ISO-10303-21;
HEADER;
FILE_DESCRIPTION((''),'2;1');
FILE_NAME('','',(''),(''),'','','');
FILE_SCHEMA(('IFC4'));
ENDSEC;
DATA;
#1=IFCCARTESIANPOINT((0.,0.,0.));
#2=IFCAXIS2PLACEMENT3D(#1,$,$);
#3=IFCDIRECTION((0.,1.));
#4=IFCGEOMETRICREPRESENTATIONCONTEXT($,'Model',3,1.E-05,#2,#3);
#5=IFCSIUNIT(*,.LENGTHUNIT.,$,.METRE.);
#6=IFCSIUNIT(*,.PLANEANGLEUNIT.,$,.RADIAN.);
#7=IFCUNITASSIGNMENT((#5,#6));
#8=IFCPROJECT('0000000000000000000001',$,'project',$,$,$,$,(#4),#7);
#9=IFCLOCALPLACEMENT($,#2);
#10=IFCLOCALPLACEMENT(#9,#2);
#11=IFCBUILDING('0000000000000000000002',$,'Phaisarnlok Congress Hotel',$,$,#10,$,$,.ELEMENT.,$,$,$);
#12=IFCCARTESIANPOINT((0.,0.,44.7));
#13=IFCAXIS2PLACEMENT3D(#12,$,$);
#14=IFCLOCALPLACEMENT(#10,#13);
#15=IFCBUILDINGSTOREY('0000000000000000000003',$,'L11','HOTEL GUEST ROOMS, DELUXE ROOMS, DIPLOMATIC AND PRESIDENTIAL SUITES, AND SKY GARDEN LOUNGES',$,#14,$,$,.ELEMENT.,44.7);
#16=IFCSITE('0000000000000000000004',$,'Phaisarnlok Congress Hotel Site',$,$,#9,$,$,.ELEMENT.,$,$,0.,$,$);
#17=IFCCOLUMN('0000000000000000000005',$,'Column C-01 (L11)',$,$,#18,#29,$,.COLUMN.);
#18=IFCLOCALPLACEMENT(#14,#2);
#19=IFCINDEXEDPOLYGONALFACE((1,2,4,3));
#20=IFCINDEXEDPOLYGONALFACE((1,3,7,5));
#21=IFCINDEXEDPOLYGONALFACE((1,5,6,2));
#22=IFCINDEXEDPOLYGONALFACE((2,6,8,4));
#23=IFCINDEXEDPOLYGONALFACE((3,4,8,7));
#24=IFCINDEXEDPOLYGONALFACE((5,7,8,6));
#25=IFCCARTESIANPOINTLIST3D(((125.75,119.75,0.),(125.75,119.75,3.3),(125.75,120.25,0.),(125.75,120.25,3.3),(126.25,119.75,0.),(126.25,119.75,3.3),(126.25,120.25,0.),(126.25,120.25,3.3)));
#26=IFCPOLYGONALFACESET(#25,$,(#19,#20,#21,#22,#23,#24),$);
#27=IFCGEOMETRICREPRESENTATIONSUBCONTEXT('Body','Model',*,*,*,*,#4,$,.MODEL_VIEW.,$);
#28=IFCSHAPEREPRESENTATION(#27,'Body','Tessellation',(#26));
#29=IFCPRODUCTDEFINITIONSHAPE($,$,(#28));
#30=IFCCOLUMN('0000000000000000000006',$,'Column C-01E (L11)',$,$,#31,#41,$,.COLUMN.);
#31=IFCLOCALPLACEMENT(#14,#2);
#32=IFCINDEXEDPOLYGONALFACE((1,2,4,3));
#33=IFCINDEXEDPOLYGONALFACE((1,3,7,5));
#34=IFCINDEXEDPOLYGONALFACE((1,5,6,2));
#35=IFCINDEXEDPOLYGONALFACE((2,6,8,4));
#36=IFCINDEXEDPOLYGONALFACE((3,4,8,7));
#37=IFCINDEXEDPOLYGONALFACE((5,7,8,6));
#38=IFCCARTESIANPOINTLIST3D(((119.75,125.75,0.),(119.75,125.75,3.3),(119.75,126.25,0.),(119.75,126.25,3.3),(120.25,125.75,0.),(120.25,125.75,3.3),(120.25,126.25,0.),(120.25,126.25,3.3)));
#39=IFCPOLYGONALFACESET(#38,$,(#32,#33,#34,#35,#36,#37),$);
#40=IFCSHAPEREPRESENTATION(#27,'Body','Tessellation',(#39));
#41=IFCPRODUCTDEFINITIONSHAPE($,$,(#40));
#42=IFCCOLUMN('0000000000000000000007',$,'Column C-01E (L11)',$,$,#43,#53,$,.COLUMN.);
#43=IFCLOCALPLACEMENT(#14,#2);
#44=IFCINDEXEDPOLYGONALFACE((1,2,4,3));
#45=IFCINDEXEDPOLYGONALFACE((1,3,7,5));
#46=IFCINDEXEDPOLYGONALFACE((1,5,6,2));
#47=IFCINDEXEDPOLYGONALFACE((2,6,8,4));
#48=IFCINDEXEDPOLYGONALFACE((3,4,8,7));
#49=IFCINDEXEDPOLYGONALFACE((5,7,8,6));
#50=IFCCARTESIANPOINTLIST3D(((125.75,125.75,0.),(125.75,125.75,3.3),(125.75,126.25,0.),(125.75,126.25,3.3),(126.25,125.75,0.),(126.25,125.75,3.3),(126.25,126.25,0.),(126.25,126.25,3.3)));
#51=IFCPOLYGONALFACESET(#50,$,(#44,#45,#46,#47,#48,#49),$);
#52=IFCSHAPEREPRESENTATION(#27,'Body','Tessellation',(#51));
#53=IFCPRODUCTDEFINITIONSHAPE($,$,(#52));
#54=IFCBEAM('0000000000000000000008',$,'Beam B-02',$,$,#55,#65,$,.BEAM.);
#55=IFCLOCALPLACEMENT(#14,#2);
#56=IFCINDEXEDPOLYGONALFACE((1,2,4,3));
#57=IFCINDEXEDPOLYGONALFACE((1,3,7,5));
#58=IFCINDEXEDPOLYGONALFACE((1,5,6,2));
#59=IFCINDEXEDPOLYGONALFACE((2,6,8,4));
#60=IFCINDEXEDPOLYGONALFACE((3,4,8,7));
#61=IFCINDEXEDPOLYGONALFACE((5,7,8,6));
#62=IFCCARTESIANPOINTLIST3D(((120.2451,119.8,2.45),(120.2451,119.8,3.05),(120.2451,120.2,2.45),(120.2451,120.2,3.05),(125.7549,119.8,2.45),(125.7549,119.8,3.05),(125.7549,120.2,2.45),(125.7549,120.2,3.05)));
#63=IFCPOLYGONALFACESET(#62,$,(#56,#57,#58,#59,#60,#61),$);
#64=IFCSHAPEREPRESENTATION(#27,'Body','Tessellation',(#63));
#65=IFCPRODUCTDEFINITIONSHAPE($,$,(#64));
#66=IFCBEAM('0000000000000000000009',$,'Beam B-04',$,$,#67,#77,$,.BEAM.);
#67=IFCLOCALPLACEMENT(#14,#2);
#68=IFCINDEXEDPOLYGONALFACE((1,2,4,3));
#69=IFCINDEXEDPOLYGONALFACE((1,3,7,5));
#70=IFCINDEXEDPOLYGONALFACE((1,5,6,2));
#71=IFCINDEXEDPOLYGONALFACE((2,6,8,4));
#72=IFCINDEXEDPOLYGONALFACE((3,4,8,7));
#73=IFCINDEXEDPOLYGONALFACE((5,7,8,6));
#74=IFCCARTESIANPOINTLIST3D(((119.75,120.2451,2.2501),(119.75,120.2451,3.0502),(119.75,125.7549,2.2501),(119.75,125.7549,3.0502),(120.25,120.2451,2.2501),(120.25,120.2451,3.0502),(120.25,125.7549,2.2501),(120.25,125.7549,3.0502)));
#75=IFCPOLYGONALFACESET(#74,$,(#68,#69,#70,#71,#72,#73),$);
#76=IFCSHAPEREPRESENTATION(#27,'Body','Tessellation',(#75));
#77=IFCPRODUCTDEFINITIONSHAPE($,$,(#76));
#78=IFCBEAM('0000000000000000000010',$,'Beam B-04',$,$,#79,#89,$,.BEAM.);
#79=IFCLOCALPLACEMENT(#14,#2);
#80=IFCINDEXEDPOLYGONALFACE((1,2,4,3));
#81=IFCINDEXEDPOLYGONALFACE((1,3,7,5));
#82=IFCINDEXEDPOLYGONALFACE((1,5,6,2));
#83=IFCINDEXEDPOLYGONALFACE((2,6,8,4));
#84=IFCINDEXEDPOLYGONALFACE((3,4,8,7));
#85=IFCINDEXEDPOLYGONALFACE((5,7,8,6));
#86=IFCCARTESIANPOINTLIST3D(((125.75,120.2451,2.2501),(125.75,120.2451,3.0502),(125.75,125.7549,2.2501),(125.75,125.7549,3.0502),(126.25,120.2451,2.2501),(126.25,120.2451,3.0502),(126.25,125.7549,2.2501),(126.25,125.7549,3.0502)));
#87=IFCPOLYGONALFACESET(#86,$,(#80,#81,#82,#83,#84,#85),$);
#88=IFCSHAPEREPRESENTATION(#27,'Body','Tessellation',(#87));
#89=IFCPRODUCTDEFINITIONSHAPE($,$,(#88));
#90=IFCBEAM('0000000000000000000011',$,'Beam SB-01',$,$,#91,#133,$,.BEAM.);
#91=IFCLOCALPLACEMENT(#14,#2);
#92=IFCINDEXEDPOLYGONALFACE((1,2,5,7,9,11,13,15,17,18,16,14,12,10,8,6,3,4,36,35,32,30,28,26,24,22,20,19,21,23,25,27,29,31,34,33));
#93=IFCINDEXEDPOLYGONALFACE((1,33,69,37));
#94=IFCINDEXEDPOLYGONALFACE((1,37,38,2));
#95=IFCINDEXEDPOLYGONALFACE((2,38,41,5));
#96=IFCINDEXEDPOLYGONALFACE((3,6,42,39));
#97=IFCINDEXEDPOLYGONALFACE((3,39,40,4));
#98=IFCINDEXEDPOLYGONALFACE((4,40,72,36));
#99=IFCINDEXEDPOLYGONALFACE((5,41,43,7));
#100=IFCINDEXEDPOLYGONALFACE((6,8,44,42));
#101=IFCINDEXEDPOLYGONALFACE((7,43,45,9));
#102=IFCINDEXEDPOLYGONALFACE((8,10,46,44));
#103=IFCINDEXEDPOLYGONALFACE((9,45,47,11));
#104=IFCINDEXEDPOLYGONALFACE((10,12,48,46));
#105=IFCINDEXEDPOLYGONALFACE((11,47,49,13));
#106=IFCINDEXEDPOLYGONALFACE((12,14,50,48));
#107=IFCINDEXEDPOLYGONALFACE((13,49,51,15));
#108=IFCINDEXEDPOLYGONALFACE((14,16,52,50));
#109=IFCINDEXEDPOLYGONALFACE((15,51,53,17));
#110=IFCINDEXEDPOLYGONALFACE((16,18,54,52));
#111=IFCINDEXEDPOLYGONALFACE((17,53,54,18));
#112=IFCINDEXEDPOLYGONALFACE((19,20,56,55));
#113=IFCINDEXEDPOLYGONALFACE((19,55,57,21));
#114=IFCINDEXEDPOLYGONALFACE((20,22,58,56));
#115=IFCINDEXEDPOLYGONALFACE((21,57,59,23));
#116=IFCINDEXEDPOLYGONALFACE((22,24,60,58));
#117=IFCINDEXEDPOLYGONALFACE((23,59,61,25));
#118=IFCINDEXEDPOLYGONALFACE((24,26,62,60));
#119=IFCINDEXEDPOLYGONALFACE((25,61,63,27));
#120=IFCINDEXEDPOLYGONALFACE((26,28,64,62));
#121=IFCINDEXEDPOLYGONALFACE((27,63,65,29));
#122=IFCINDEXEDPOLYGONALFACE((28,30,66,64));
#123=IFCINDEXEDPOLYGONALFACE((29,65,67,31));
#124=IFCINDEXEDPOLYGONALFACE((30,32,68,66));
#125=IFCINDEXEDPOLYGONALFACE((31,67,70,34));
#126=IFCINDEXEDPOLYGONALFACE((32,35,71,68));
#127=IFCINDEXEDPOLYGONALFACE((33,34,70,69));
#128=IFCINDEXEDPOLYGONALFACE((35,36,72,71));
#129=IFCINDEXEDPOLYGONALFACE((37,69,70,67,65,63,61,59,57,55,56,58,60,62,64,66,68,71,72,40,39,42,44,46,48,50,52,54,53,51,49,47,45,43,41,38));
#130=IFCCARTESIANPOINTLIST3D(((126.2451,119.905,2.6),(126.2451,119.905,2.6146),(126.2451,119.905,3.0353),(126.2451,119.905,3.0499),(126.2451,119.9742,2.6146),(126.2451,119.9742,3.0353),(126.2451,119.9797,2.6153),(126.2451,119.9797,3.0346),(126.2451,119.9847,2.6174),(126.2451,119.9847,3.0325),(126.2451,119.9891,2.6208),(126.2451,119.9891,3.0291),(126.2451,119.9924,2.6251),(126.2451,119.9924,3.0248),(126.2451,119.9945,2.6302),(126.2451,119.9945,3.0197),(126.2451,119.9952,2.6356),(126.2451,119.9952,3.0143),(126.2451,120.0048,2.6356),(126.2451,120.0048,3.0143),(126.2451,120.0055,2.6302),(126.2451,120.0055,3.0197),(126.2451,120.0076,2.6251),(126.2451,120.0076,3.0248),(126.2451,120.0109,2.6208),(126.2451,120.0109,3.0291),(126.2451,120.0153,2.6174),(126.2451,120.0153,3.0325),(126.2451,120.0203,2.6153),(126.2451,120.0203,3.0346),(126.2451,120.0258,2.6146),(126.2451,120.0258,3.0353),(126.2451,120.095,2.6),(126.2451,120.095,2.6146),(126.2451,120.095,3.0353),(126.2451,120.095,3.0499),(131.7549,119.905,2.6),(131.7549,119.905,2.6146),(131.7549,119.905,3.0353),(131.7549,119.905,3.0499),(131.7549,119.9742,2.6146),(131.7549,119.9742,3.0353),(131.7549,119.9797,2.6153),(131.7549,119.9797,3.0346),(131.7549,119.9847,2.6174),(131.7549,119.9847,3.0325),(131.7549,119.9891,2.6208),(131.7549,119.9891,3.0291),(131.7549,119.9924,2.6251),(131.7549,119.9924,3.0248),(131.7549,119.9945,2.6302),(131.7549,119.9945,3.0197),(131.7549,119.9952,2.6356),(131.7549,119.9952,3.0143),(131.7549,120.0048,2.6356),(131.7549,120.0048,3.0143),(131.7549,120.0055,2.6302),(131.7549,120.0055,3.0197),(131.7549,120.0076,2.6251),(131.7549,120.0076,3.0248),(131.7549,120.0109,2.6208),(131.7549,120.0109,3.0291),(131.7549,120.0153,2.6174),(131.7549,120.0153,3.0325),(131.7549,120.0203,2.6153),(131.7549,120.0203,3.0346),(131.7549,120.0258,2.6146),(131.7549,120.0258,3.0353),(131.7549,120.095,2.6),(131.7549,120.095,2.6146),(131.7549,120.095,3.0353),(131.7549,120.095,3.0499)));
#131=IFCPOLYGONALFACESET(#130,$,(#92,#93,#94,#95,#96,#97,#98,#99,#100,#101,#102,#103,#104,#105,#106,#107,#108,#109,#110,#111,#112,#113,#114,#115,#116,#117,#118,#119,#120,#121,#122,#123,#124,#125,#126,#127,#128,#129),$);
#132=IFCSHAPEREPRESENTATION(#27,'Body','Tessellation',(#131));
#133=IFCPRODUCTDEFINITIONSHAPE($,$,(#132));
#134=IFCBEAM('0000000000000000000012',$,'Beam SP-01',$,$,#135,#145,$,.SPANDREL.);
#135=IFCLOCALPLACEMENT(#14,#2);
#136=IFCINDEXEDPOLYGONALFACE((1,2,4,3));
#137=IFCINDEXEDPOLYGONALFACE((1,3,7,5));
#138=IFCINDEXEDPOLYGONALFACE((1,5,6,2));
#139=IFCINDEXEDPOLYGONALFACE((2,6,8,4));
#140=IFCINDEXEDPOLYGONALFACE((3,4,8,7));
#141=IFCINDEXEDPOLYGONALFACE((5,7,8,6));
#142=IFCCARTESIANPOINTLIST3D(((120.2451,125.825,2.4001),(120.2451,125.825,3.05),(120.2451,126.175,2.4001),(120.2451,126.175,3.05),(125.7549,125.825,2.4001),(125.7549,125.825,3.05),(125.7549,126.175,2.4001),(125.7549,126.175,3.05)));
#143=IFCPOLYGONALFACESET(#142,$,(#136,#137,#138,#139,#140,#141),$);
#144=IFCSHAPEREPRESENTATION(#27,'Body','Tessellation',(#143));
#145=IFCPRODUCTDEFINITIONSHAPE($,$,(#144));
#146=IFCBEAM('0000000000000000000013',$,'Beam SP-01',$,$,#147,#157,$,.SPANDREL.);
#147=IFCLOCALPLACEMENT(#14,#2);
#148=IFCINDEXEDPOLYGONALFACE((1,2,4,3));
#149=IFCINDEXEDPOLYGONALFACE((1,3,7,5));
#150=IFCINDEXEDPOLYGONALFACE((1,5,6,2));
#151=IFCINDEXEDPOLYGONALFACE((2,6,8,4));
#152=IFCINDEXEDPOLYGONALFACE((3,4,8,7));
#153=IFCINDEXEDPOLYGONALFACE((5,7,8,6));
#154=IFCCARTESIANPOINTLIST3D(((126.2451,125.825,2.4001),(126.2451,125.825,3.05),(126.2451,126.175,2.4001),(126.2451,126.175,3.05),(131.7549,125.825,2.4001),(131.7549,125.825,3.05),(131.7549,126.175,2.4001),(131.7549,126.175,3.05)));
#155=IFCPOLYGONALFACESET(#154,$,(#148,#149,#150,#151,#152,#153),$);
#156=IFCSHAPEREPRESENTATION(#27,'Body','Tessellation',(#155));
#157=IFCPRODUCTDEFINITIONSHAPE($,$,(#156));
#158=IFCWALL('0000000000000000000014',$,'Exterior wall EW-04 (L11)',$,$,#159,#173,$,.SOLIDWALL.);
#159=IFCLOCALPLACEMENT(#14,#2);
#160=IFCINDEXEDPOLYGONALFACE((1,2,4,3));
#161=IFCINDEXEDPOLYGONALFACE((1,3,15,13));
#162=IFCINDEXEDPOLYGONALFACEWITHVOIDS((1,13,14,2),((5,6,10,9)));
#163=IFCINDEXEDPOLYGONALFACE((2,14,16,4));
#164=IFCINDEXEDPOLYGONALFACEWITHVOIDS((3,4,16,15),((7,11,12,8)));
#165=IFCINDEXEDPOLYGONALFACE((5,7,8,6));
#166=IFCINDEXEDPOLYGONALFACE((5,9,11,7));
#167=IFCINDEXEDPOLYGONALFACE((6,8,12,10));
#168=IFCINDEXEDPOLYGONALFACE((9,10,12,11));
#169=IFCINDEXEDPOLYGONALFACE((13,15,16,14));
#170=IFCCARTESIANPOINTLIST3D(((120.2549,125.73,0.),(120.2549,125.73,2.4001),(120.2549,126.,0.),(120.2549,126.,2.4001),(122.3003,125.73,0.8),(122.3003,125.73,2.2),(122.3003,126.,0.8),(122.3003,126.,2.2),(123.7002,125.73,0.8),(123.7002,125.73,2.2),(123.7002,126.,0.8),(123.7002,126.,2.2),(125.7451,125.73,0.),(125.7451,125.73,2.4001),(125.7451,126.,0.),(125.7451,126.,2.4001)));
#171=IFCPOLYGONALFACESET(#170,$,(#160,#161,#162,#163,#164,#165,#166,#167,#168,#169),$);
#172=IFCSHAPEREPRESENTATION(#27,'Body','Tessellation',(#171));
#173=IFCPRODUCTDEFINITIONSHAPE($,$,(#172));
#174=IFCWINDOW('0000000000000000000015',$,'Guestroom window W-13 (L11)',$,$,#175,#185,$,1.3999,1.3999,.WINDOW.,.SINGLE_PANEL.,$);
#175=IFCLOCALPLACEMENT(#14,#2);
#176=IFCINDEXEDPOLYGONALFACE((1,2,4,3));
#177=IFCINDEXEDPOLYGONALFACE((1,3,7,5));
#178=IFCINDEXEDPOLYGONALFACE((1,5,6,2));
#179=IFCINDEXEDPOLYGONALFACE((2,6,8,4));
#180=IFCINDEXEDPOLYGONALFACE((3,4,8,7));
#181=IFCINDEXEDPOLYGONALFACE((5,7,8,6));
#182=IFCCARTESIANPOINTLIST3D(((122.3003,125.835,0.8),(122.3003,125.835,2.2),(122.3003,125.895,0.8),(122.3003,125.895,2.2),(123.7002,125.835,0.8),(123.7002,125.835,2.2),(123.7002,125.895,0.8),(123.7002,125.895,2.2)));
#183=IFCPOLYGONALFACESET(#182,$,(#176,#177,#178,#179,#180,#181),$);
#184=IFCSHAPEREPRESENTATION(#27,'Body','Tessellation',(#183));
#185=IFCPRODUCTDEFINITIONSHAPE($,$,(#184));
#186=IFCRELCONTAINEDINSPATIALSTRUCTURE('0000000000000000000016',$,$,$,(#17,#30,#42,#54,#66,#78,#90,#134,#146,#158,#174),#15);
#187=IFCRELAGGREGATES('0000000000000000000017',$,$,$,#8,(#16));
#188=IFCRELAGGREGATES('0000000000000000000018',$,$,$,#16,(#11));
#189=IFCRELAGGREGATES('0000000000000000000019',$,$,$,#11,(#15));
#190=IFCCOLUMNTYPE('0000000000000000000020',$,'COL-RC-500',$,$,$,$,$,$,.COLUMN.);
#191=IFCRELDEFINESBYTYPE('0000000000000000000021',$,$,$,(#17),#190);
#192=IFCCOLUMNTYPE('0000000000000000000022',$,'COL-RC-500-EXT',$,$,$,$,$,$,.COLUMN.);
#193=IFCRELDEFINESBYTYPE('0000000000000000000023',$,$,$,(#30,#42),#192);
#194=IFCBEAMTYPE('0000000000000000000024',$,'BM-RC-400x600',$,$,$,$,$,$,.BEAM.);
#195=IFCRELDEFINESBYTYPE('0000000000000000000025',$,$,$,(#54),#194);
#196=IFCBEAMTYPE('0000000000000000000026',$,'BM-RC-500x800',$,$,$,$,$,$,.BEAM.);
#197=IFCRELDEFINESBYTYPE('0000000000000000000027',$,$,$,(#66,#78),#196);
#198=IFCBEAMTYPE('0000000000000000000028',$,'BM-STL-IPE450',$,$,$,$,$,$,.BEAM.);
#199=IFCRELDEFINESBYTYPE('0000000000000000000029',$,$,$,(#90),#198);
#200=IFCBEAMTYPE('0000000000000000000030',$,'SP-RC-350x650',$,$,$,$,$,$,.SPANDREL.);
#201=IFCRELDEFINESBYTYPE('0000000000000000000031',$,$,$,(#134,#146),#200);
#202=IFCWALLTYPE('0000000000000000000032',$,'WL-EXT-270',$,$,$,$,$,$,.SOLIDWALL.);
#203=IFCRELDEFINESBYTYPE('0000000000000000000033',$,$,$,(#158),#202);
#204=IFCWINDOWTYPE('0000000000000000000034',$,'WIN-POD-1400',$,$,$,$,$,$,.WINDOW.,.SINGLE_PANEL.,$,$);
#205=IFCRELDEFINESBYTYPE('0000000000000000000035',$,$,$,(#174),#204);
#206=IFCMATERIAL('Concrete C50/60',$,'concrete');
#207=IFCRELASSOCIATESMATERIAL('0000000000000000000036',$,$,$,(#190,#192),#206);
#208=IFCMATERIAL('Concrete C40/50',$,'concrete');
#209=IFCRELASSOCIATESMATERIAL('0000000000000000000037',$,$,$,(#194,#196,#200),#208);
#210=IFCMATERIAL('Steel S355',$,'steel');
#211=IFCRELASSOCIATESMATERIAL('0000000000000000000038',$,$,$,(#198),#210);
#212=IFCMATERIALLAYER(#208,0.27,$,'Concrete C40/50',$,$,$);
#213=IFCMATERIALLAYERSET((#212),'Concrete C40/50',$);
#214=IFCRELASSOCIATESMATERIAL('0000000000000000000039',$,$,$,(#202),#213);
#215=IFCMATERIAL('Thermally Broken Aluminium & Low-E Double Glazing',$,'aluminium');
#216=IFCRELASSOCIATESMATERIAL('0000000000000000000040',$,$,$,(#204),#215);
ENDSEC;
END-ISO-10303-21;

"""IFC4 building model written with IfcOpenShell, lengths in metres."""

from ifc_helpers import new_model, si_unit, direction, frame, frame_2d, origin, origin_2d, place, context, subcontext, project, spatial, rectangle, i_section, extrude, material, layer, layer_set, material_profile, profile_set, type_object, element, fill, save


model = new_model("IFC4")

# Units and contexts
model_context = context("Model", 3, precision=1e-05, world=origin(), true_north=direction((0.0, 1.0)))
body_context = subcontext(model_context, "Body", "Model", "MODEL_VIEW")
ifc_project = project(units=[si_unit("LENGTHUNIT", "METRE"), si_unit("PLANEANGLEUNIT", "RADIAN")], contexts=[model_context])

# Site, building, storey
site_placement = place(None, origin())
site = spatial("IfcSite", under=ifc_project, at=site_placement, Name="Phaisarnlok Congress Hotel Site", CompositionType="ELEMENT", RefElevation=0.0)
building_placement = place(site_placement, origin())
building = spatial("IfcBuilding", under=site, at=building_placement, Name="Phaisarnlok Congress Hotel", CompositionType="ELEMENT")
storey_placement = place(building_placement, frame((0.0, 0.0, 44.7)))
storey = spatial("IfcBuildingStorey", under=building, at=storey_placement, Name="L11", Description="HOTEL GUEST ROOMS, DELUXE ROOMS, DIPLOMATIC AND PRESIDENTIAL SUITES, AND SKY GARDEN LOUNGES", CompositionType="ELEMENT", Elevation=44.7)

# Columns
ifc_material_1 = material(Name="Concrete C50/60", Category="concrete")
ifc_material_profile_1 = material_profile(ifc_material_1, rectangle(XDim=0.5, YDim=0.5, at=origin_2d()), Name="RC 500x500")
ifc_profile_set_1 = profile_set([ifc_material_profile_1], Name="Concrete C50/60")
column_type_1 = type_object("IfcColumnType", Name="COL-RC-500", PredefinedType="COLUMN", material=ifc_profile_set_1)
column_placement = place(storey_placement, frame((126.0, 120.0, 0.0), z_axis=(0.0, 0.0, 1.0), x_axis=(1.0, 0.0, 0.0)))
element("IfcColumn", 1, at=column_placement, inside=storey, type_object=column_type_1, Name="Column C-01 (L11)", PredefinedType="COLUMN", context=body_context, shape_type="SweptSolid", body=[
    extrude(rectangle(XDim=0.5, YDim=0.5, at=origin_2d()), origin(), (0.0, 0.0, 1.0), 3.3),
])
ifc_material_profile_2 = material_profile(ifc_material_1, rectangle(XDim=0.5, YDim=0.5, at=origin_2d()), Name="RC 500x500")
ifc_profile_set_2 = profile_set([ifc_material_profile_2], Name="Concrete C50/60")
column_type_2 = type_object("IfcColumnType", Name="COL-RC-500-EXT", PredefinedType="COLUMN", material=ifc_profile_set_2)
for number, where, z_axis, x_axis, name in (
    (2, (120.0, 126.0, 0.0), (0.0, 0.0, 1.0), (1.0, 0.0, 0.0), "Column C-01E (L11)"),
    (3, (126.0, 126.0, 0.0), (0.0, 0.0, 1.0), (1.0, 0.0, 0.0), "Column C-01E (L11)"),
):
    element("IfcColumn", number, at=place(storey_placement, frame(where, z_axis=z_axis, x_axis=x_axis)), inside=storey, type_object=column_type_2, Name=name, PredefinedType="COLUMN", context=body_context, shape_type="SweptSolid", body=[
        extrude(rectangle(XDim=0.5, YDim=0.5, at=origin_2d()), origin(), (0.0, 0.0, 1.0), 3.3),
    ])

# Beams
ifc_material_2 = material(Name="Concrete C40/50", Category="concrete")
ifc_material_profile_3 = material_profile(ifc_material_2, rectangle(XDim=0.3999, YDim=0.6001, at=origin_2d()), Name="RC 400x600")
ifc_profile_set_3 = profile_set([ifc_material_profile_3], Name="Concrete C40/50")
beam_type_1 = type_object("IfcBeamType", Name="BM-RC-400x600", PredefinedType="BEAM", material=ifc_profile_set_3)
beam_1_placement = place(storey_placement, frame((120.2451, 120.0, 2.75), z_axis=(1.0, 0.0, 0.0), x_axis=(0.0, 1.0, 0.0)))
element("IfcBeam", 4, at=beam_1_placement, inside=storey, type_object=beam_type_1, Name="Beam B-02", PredefinedType="BEAM", context=body_context, shape_type="SweptSolid", body=[
    extrude(rectangle(XDim=0.3999, YDim=0.6001, at=origin_2d()), origin(), (0.0, 0.0, 1.0), 5.5098),
])
ifc_material_profile_4 = material_profile(ifc_material_2, rectangle(XDim=0.5, YDim=0.8, at=origin_2d()), Name="RC 500x800")
ifc_profile_set_4 = profile_set([ifc_material_profile_4], Name="Concrete C40/50")
beam_type_2 = type_object("IfcBeamType", Name="BM-RC-500x800", PredefinedType="BEAM", material=ifc_profile_set_4)
for number, where, z_axis, x_axis, name in (
    (5, (120.0, 120.2451, 2.6501), (0.0, 1.0, 0.0), (-1.0, 0.0, 0.0), "Beam B-04"),
    (6, (126.0, 120.2451, 2.6501), (0.0, 1.0, 0.0), (-1.0, 0.0, 0.0), "Beam B-04"),
):
    element("IfcBeam", number, at=place(storey_placement, frame(where, z_axis=z_axis, x_axis=x_axis)), inside=storey, type_object=beam_type_2, Name=name, PredefinedType="BEAM", context=body_context, shape_type="SweptSolid", body=[
        extrude(rectangle(XDim=0.5, YDim=0.8, at=origin_2d()), origin(), (0.0, 0.0, 1.0), 5.5098),
    ])
ifc_material_3 = material(Name="Steel S355", Category="steel")
ifc_material_profile_5 = material_profile(ifc_material_3, i_section(OverallWidth=0.1899, OverallDepth=0.45, WebThickness=0.0095, FlangeThickness=0.0146, FilletRadius=0.021, at=origin_2d()), Name="IPE 450")
ifc_profile_set_5 = profile_set([ifc_material_profile_5], Name="Steel S355")
beam_type_3 = type_object("IfcBeamType", Name="BM-STL-IPE450", PredefinedType="BEAM", material=ifc_profile_set_5)
beam_2_placement = place(storey_placement, frame((126.2451, 120.0, 2.825), z_axis=(1.0, 0.0, 0.0), x_axis=(0.0, 1.0, 0.0)))
element("IfcBeam", 7, at=beam_2_placement, inside=storey, type_object=beam_type_3, Name="Beam SB-01", PredefinedType="BEAM", context=body_context, shape_type="SweptSolid", body=[
    extrude(i_section(OverallWidth=0.1899, OverallDepth=0.45, WebThickness=0.0095, FlangeThickness=0.0146, FilletRadius=0.021, at=origin_2d()), origin(), (0.0, 0.0, 1.0), 5.5098),
])
ifc_material_profile_6 = material_profile(ifc_material_2, rectangle(XDim=0.3501, YDim=0.6499, at=origin_2d()), Name="RC 350x650")
ifc_profile_set_6 = profile_set([ifc_material_profile_6], Name="Concrete C40/50")
beam_type_4 = type_object("IfcBeamType", Name="SP-RC-350x650", PredefinedType="SPANDREL", material=ifc_profile_set_6)
for number, where, z_axis, x_axis, name in (
    (8, (120.2451, 126.0, 2.7251), (1.0, 0.0, 0.0), (0.0, 1.0, 0.0), "Beam SP-01"),
    (9, (126.2451, 126.0, 2.7251), (1.0, 0.0, 0.0), (0.0, 1.0, 0.0), "Beam SP-01"),
):
    element("IfcBeam", number, at=place(storey_placement, frame(where, z_axis=z_axis, x_axis=x_axis)), inside=storey, type_object=beam_type_4, Name=name, PredefinedType="SPANDREL", context=body_context, shape_type="SweptSolid", body=[
        extrude(rectangle(XDim=0.3501, YDim=0.6499, at=origin_2d()), origin(), (0.0, 0.0, 1.0), 5.5098),
    ])

# Wall, opening, window
ifc_layer_1 = layer(ifc_material_2, 0.27, Name="Concrete C40/50")
ifc_layer_set_1 = layer_set([ifc_layer_1], Name="Concrete C40/50")
wall_type_1 = type_object("IfcWallType", Name="WL-EXT-270", PredefinedType="SOLIDWALL", material=ifc_layer_set_1)
wall_1_placement = place(storey_placement, frame((125.7451, 125.865, 0.0), z_axis=(0.0, 0.0, 1.0), x_axis=(-1.0, 0.0, 0.0)))
wall_1 = element("IfcWall", 10, at=wall_1_placement, inside=storey, type_object=wall_type_1, Name="Exterior wall EW-04 (L11)", PredefinedType="SOLIDWALL", context=body_context, shape_type="SweptSolid", body=[
    extrude(rectangle(XDim=5.4902, YDim=0.27, at=frame_2d((2.7451, 0.0))), origin(), (0.0, 0.0, 1.0), 2.4001),
])
opening_1_placement = place(wall_1_placement, frame((2.0449, 0.0, 0.8)))
opening_1 = element("IfcOpeningElement", 11, at=opening_1_placement, cuts=wall_1, PredefinedType="OPENING", context=body_context, shape_type="SweptSolid", body=[
    extrude(rectangle(XDim=1.3999, YDim=1.3999, at=frame_2d((0.7, 0.7))), frame((0.0, 0.145, 0.0), z_axis=(0.0, -1.0, 0.0), x_axis=(1.0, 0.0, 0.0)), (0.0, 0.0, 1.0), 0.29),
])
ifc_material_4 = material(Name="Thermally Broken Aluminium & Low-E Double Glazing", Category="aluminium")
window_type = type_object("IfcWindowType", Name="WIN-POD-1400", PartitioningType="SINGLE_PANEL", PredefinedType="WINDOW", material=ifc_material_4)
window_placement = place(opening_1_placement, origin())
window = element("IfcWindow", 12, at=window_placement, inside=storey, type_object=window_type, Name="Guestroom window W-13 (L11)", OverallHeight=1.3999, OverallWidth=1.3999, PartitioningType="SINGLE_PANEL", PredefinedType="WINDOW", context=body_context, shape_type="SweptSolid", body=[
    extrude(rectangle(XDim=1.3999, YDim=1.3999, at=frame_2d((0.7, 0.7))), frame((0.0, 0.03, 0.0), z_axis=(0.0, -1.0, 0.0), x_axis=(1.0, 0.0, 0.0)), (0.0, 0.0, 1.0), 0.0601),
])
fill(opening_1, window)

save(model, "model.ifc")
